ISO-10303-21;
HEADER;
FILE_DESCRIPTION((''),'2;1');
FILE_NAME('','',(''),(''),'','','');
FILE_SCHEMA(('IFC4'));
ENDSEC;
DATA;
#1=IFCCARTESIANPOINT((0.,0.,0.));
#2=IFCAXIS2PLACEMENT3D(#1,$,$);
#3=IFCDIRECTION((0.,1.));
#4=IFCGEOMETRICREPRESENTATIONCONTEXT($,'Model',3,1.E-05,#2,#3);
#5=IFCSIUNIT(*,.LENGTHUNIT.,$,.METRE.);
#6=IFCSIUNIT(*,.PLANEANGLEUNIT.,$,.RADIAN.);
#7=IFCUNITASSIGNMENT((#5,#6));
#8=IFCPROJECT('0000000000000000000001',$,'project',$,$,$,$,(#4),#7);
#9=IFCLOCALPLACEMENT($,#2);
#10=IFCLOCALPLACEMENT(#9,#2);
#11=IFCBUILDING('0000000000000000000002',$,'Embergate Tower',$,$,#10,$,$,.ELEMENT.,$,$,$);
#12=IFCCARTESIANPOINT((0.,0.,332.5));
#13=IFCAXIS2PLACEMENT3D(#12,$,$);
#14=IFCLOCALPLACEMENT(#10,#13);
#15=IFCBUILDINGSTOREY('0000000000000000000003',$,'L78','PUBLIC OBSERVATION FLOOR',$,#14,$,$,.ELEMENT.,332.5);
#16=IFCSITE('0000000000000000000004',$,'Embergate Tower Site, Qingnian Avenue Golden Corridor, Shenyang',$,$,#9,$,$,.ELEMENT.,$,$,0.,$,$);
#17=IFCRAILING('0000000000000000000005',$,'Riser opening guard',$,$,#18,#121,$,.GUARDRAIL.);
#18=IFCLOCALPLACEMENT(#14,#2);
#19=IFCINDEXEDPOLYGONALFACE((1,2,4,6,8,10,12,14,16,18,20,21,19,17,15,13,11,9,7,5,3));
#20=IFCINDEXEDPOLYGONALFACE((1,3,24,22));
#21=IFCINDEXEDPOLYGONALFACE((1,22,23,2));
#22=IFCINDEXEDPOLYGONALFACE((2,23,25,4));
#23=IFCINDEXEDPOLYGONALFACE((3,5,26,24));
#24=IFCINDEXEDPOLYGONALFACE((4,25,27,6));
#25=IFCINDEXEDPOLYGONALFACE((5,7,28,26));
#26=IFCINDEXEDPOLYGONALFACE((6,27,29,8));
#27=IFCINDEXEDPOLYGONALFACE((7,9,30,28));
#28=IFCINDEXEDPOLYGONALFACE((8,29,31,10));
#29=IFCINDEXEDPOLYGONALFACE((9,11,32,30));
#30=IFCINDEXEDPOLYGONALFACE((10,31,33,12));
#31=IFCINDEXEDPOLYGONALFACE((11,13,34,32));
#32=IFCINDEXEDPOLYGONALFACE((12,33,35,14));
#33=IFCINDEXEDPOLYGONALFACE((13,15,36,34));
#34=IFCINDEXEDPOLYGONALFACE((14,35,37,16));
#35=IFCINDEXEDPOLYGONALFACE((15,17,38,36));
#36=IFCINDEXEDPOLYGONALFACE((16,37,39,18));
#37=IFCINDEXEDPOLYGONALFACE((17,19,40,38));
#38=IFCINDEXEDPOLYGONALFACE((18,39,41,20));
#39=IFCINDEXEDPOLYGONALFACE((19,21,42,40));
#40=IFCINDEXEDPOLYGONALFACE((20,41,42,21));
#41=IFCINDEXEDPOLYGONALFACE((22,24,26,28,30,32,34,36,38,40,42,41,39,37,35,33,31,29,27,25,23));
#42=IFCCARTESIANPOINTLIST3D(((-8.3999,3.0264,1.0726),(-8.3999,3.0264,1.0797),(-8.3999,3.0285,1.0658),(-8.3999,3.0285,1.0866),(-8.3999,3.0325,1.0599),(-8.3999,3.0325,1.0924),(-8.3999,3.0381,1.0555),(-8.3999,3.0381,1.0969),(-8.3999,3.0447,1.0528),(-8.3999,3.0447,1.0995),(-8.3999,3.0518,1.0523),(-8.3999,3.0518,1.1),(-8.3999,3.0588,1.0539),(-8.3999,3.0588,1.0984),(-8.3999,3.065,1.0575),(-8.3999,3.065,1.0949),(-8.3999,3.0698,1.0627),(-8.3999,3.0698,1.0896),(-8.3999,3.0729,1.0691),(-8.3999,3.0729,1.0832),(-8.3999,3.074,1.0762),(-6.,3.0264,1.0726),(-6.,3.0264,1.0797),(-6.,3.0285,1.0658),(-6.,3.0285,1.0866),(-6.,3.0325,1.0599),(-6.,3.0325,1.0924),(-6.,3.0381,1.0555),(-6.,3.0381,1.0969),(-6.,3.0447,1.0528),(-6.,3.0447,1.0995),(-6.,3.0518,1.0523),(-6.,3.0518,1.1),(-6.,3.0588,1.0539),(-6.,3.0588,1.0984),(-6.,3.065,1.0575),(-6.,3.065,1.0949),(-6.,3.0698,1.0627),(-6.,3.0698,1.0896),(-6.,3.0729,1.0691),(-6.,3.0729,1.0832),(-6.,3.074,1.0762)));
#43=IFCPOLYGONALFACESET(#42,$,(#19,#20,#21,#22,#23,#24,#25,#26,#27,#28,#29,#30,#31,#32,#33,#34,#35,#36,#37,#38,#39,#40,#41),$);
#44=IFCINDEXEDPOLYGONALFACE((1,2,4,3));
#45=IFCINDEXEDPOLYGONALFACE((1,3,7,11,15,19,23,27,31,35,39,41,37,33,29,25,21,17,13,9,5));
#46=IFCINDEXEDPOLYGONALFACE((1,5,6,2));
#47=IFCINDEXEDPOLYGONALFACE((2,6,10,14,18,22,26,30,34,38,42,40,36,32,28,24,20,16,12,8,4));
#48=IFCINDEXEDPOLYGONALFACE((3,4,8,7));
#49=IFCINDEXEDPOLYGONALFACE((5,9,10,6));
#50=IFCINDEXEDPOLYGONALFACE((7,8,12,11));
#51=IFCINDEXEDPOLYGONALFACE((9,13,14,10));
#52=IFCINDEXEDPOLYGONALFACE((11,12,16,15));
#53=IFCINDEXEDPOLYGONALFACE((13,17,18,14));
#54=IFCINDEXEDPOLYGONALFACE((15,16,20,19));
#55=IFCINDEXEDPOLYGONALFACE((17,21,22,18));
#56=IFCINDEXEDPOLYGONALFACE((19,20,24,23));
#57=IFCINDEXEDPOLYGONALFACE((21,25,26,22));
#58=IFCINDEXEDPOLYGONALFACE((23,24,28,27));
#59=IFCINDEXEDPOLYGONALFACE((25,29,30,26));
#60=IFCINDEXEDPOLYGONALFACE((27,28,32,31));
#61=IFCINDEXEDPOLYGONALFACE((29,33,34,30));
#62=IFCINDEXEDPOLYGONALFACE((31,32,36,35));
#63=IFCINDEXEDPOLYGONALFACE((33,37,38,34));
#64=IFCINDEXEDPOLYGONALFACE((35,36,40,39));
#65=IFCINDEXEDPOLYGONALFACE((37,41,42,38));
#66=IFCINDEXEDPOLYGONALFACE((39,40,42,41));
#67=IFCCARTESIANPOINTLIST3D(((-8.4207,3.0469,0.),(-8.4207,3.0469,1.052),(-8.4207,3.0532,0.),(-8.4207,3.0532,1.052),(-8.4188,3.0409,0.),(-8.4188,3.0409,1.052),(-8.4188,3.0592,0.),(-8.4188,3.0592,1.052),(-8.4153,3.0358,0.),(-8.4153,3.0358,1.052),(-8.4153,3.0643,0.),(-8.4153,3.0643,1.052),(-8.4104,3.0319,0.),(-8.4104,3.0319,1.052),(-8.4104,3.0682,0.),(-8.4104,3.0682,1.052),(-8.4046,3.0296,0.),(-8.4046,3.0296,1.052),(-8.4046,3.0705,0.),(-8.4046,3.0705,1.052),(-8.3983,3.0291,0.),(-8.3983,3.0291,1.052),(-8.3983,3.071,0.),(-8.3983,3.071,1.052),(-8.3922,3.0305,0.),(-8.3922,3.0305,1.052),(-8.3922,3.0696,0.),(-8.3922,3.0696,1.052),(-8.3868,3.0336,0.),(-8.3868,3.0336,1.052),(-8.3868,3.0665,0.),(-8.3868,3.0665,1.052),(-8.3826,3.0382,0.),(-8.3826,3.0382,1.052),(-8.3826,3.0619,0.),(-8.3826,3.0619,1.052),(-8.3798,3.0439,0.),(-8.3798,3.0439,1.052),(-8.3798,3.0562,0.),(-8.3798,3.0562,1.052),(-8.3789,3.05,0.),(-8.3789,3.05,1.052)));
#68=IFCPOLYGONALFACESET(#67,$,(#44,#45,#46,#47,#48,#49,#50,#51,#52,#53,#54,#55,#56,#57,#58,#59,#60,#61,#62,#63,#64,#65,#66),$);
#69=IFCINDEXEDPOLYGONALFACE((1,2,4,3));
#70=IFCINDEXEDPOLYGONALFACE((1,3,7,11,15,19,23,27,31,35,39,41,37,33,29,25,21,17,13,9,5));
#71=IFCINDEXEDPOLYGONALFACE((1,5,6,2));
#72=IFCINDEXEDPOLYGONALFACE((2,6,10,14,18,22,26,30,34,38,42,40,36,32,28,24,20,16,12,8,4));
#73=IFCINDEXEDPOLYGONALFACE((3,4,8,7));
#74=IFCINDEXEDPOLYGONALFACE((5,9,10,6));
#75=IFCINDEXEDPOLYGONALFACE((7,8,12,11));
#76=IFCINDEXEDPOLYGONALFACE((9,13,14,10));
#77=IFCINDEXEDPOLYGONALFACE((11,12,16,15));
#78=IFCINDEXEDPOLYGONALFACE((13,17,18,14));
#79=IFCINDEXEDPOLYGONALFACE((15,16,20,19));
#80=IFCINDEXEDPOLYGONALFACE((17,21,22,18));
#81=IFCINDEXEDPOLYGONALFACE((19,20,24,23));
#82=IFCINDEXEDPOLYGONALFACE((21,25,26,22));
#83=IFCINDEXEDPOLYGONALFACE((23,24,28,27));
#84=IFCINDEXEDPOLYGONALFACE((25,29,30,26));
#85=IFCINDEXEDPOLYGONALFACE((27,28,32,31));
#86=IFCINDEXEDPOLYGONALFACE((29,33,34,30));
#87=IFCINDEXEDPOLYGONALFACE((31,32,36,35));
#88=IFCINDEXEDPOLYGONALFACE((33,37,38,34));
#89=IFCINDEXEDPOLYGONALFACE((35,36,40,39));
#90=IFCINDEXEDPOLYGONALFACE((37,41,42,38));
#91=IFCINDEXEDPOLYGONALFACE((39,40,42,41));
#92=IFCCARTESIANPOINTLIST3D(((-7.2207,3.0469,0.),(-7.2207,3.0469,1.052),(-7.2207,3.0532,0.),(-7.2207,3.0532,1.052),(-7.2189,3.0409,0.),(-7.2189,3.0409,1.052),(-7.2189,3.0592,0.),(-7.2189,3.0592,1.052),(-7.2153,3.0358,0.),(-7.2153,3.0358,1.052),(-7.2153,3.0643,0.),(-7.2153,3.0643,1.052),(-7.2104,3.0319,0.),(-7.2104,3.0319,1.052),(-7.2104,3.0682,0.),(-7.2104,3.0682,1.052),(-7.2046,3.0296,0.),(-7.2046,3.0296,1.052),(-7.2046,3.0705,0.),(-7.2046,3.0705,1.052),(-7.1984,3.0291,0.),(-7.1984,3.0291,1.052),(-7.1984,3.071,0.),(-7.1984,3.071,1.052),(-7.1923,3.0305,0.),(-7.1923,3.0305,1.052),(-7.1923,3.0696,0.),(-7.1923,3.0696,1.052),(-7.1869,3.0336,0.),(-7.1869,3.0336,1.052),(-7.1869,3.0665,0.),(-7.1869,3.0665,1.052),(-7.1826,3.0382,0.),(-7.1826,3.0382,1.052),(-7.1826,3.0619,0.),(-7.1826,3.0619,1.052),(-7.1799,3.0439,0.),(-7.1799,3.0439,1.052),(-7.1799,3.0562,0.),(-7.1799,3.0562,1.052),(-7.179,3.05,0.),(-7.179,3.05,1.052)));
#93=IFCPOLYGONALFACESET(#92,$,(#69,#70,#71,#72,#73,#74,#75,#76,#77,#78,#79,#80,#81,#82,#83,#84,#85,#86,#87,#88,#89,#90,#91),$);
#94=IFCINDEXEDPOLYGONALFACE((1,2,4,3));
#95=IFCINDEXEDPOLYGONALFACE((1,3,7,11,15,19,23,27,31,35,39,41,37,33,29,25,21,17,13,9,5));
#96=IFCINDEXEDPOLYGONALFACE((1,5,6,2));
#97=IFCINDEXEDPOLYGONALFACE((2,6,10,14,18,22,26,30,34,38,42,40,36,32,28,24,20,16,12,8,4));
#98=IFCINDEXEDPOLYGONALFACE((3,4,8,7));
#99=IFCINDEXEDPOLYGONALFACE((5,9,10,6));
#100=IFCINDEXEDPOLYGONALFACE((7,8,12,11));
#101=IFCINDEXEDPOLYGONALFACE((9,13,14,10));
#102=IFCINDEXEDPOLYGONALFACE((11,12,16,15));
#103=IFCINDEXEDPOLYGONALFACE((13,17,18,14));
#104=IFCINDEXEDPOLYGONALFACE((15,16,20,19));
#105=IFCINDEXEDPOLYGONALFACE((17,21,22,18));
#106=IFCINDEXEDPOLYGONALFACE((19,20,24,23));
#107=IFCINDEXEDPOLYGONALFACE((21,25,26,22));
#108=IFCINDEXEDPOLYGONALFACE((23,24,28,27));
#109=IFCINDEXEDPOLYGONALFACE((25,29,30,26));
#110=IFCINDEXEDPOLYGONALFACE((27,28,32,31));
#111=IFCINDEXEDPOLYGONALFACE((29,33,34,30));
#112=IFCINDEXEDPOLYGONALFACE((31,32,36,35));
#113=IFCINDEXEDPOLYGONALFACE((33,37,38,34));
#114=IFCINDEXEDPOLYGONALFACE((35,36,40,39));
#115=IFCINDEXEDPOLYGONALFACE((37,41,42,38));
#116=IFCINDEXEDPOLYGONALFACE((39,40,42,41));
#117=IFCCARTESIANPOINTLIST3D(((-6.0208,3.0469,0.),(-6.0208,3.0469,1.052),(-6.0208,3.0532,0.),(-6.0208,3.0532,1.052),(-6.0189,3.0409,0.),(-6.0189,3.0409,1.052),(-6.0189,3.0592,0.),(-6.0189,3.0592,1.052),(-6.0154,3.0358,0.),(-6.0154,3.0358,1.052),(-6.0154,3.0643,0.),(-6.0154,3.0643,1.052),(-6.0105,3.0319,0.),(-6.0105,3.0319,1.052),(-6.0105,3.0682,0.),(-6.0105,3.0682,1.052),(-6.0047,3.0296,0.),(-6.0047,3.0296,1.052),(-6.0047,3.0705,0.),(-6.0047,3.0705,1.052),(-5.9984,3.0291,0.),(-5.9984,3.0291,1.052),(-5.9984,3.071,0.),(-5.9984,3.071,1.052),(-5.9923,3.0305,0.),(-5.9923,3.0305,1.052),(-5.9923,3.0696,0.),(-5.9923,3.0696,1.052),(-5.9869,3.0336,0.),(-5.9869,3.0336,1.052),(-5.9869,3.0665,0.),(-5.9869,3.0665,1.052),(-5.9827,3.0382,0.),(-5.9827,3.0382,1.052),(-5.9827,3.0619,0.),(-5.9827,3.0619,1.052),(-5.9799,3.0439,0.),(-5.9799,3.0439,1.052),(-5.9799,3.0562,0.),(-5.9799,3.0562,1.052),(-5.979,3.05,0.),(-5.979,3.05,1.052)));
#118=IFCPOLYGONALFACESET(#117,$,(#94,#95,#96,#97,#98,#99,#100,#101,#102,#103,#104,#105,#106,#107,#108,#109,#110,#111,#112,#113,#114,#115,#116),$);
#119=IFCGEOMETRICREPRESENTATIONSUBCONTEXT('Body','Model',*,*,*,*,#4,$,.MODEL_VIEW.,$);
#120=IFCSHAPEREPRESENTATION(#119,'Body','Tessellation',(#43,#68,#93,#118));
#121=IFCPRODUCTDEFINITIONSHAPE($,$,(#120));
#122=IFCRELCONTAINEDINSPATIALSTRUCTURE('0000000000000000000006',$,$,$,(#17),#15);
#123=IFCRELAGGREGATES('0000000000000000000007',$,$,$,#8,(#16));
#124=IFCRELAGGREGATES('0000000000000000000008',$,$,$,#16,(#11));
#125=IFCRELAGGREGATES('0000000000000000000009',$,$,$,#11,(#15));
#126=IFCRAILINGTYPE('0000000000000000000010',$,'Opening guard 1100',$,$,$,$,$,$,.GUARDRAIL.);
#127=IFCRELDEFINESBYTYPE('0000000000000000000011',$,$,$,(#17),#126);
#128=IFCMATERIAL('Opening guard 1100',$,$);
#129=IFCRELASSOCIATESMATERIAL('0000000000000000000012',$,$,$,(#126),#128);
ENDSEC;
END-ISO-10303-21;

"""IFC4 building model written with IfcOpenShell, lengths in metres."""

from ifc_helpers import new_model, si_unit, direction, frame, origin, origin_2d, place, context, subcontext, project, spatial, circle, extrude, source, transform, mapped, material, type_object, element, save


model = new_model("IFC4")

# Units and contexts
model_context = context("Model", 3, precision=1e-05, world=origin(), true_north=direction((0.0, 1.0)))
body_context = subcontext(model_context, "Body", "Model", "MODEL_VIEW")
ifc_project = project(units=[si_unit("LENGTHUNIT", "METRE"), si_unit("PLANEANGLEUNIT", "RADIAN")], contexts=[model_context])

# Site, building, storey
site_placement = place(None, origin())
site = spatial("IfcSite", under=ifc_project, at=site_placement, Name="Embergate Tower Site, Qingnian Avenue Golden Corridor, Shenyang", CompositionType="ELEMENT", RefElevation=0.0)
building_placement = place(site_placement, origin())
building = spatial("IfcBuilding", under=site, at=building_placement, Name="Embergate Tower", CompositionType="ELEMENT")
storey_placement = place(building_placement, frame((0.0, 0.0, 332.5)))
storey = spatial("IfcBuildingStorey", under=building, at=storey_placement, Name="L78", Description="PUBLIC OBSERVATION FLOOR", CompositionType="ELEMENT", Elevation=332.5)

# Railing
ifc_material_1 = material(Name="Opening guard 1100")
railing_type = type_object("IfcRailingType", Name="Opening guard 1100", PredefinedType="GUARDRAIL", material=ifc_material_1)
shared_shape_1 = source(origin(), body_context, "Body", "SweptSolid", [
    extrude(circle(Radius=0.0239, at=origin_2d()), frame((0.0, 0.0, 1.0762), z_axis=(1.0, 0.0, 0.0), x_axis=(0.0, 1.0, 0.0)), (0.0, 0.0, 1.0), 2.3999),
    extrude(circle(Radius=0.021, at=origin_2d()), origin(), (0.0, 0.0, 1.0), 1.052),
    extrude(circle(Radius=0.021, at=origin_2d()), frame((1.2, 0.0, 0.0)), (0.0, 0.0, 1.0), 1.052),
    extrude(circle(Radius=0.021, at=origin_2d()), frame((2.3999, 0.0, 0.0)), (0.0, 0.0, 1.0), 1.052),
])
railing_placement = place(storey_placement, frame((-8.3999, 3.05, 0.0)))
element("IfcRailing", 1, at=railing_placement, inside=storey, type_object=railing_type, Name="Riser opening guard", PredefinedType="GUARDRAIL", context=body_context, shape_type="MappedRepresentation", body=[
    mapped(shared_shape_1, transform((0.0, 0.0, 0.0))),
])

save(model, "model.ifc")
